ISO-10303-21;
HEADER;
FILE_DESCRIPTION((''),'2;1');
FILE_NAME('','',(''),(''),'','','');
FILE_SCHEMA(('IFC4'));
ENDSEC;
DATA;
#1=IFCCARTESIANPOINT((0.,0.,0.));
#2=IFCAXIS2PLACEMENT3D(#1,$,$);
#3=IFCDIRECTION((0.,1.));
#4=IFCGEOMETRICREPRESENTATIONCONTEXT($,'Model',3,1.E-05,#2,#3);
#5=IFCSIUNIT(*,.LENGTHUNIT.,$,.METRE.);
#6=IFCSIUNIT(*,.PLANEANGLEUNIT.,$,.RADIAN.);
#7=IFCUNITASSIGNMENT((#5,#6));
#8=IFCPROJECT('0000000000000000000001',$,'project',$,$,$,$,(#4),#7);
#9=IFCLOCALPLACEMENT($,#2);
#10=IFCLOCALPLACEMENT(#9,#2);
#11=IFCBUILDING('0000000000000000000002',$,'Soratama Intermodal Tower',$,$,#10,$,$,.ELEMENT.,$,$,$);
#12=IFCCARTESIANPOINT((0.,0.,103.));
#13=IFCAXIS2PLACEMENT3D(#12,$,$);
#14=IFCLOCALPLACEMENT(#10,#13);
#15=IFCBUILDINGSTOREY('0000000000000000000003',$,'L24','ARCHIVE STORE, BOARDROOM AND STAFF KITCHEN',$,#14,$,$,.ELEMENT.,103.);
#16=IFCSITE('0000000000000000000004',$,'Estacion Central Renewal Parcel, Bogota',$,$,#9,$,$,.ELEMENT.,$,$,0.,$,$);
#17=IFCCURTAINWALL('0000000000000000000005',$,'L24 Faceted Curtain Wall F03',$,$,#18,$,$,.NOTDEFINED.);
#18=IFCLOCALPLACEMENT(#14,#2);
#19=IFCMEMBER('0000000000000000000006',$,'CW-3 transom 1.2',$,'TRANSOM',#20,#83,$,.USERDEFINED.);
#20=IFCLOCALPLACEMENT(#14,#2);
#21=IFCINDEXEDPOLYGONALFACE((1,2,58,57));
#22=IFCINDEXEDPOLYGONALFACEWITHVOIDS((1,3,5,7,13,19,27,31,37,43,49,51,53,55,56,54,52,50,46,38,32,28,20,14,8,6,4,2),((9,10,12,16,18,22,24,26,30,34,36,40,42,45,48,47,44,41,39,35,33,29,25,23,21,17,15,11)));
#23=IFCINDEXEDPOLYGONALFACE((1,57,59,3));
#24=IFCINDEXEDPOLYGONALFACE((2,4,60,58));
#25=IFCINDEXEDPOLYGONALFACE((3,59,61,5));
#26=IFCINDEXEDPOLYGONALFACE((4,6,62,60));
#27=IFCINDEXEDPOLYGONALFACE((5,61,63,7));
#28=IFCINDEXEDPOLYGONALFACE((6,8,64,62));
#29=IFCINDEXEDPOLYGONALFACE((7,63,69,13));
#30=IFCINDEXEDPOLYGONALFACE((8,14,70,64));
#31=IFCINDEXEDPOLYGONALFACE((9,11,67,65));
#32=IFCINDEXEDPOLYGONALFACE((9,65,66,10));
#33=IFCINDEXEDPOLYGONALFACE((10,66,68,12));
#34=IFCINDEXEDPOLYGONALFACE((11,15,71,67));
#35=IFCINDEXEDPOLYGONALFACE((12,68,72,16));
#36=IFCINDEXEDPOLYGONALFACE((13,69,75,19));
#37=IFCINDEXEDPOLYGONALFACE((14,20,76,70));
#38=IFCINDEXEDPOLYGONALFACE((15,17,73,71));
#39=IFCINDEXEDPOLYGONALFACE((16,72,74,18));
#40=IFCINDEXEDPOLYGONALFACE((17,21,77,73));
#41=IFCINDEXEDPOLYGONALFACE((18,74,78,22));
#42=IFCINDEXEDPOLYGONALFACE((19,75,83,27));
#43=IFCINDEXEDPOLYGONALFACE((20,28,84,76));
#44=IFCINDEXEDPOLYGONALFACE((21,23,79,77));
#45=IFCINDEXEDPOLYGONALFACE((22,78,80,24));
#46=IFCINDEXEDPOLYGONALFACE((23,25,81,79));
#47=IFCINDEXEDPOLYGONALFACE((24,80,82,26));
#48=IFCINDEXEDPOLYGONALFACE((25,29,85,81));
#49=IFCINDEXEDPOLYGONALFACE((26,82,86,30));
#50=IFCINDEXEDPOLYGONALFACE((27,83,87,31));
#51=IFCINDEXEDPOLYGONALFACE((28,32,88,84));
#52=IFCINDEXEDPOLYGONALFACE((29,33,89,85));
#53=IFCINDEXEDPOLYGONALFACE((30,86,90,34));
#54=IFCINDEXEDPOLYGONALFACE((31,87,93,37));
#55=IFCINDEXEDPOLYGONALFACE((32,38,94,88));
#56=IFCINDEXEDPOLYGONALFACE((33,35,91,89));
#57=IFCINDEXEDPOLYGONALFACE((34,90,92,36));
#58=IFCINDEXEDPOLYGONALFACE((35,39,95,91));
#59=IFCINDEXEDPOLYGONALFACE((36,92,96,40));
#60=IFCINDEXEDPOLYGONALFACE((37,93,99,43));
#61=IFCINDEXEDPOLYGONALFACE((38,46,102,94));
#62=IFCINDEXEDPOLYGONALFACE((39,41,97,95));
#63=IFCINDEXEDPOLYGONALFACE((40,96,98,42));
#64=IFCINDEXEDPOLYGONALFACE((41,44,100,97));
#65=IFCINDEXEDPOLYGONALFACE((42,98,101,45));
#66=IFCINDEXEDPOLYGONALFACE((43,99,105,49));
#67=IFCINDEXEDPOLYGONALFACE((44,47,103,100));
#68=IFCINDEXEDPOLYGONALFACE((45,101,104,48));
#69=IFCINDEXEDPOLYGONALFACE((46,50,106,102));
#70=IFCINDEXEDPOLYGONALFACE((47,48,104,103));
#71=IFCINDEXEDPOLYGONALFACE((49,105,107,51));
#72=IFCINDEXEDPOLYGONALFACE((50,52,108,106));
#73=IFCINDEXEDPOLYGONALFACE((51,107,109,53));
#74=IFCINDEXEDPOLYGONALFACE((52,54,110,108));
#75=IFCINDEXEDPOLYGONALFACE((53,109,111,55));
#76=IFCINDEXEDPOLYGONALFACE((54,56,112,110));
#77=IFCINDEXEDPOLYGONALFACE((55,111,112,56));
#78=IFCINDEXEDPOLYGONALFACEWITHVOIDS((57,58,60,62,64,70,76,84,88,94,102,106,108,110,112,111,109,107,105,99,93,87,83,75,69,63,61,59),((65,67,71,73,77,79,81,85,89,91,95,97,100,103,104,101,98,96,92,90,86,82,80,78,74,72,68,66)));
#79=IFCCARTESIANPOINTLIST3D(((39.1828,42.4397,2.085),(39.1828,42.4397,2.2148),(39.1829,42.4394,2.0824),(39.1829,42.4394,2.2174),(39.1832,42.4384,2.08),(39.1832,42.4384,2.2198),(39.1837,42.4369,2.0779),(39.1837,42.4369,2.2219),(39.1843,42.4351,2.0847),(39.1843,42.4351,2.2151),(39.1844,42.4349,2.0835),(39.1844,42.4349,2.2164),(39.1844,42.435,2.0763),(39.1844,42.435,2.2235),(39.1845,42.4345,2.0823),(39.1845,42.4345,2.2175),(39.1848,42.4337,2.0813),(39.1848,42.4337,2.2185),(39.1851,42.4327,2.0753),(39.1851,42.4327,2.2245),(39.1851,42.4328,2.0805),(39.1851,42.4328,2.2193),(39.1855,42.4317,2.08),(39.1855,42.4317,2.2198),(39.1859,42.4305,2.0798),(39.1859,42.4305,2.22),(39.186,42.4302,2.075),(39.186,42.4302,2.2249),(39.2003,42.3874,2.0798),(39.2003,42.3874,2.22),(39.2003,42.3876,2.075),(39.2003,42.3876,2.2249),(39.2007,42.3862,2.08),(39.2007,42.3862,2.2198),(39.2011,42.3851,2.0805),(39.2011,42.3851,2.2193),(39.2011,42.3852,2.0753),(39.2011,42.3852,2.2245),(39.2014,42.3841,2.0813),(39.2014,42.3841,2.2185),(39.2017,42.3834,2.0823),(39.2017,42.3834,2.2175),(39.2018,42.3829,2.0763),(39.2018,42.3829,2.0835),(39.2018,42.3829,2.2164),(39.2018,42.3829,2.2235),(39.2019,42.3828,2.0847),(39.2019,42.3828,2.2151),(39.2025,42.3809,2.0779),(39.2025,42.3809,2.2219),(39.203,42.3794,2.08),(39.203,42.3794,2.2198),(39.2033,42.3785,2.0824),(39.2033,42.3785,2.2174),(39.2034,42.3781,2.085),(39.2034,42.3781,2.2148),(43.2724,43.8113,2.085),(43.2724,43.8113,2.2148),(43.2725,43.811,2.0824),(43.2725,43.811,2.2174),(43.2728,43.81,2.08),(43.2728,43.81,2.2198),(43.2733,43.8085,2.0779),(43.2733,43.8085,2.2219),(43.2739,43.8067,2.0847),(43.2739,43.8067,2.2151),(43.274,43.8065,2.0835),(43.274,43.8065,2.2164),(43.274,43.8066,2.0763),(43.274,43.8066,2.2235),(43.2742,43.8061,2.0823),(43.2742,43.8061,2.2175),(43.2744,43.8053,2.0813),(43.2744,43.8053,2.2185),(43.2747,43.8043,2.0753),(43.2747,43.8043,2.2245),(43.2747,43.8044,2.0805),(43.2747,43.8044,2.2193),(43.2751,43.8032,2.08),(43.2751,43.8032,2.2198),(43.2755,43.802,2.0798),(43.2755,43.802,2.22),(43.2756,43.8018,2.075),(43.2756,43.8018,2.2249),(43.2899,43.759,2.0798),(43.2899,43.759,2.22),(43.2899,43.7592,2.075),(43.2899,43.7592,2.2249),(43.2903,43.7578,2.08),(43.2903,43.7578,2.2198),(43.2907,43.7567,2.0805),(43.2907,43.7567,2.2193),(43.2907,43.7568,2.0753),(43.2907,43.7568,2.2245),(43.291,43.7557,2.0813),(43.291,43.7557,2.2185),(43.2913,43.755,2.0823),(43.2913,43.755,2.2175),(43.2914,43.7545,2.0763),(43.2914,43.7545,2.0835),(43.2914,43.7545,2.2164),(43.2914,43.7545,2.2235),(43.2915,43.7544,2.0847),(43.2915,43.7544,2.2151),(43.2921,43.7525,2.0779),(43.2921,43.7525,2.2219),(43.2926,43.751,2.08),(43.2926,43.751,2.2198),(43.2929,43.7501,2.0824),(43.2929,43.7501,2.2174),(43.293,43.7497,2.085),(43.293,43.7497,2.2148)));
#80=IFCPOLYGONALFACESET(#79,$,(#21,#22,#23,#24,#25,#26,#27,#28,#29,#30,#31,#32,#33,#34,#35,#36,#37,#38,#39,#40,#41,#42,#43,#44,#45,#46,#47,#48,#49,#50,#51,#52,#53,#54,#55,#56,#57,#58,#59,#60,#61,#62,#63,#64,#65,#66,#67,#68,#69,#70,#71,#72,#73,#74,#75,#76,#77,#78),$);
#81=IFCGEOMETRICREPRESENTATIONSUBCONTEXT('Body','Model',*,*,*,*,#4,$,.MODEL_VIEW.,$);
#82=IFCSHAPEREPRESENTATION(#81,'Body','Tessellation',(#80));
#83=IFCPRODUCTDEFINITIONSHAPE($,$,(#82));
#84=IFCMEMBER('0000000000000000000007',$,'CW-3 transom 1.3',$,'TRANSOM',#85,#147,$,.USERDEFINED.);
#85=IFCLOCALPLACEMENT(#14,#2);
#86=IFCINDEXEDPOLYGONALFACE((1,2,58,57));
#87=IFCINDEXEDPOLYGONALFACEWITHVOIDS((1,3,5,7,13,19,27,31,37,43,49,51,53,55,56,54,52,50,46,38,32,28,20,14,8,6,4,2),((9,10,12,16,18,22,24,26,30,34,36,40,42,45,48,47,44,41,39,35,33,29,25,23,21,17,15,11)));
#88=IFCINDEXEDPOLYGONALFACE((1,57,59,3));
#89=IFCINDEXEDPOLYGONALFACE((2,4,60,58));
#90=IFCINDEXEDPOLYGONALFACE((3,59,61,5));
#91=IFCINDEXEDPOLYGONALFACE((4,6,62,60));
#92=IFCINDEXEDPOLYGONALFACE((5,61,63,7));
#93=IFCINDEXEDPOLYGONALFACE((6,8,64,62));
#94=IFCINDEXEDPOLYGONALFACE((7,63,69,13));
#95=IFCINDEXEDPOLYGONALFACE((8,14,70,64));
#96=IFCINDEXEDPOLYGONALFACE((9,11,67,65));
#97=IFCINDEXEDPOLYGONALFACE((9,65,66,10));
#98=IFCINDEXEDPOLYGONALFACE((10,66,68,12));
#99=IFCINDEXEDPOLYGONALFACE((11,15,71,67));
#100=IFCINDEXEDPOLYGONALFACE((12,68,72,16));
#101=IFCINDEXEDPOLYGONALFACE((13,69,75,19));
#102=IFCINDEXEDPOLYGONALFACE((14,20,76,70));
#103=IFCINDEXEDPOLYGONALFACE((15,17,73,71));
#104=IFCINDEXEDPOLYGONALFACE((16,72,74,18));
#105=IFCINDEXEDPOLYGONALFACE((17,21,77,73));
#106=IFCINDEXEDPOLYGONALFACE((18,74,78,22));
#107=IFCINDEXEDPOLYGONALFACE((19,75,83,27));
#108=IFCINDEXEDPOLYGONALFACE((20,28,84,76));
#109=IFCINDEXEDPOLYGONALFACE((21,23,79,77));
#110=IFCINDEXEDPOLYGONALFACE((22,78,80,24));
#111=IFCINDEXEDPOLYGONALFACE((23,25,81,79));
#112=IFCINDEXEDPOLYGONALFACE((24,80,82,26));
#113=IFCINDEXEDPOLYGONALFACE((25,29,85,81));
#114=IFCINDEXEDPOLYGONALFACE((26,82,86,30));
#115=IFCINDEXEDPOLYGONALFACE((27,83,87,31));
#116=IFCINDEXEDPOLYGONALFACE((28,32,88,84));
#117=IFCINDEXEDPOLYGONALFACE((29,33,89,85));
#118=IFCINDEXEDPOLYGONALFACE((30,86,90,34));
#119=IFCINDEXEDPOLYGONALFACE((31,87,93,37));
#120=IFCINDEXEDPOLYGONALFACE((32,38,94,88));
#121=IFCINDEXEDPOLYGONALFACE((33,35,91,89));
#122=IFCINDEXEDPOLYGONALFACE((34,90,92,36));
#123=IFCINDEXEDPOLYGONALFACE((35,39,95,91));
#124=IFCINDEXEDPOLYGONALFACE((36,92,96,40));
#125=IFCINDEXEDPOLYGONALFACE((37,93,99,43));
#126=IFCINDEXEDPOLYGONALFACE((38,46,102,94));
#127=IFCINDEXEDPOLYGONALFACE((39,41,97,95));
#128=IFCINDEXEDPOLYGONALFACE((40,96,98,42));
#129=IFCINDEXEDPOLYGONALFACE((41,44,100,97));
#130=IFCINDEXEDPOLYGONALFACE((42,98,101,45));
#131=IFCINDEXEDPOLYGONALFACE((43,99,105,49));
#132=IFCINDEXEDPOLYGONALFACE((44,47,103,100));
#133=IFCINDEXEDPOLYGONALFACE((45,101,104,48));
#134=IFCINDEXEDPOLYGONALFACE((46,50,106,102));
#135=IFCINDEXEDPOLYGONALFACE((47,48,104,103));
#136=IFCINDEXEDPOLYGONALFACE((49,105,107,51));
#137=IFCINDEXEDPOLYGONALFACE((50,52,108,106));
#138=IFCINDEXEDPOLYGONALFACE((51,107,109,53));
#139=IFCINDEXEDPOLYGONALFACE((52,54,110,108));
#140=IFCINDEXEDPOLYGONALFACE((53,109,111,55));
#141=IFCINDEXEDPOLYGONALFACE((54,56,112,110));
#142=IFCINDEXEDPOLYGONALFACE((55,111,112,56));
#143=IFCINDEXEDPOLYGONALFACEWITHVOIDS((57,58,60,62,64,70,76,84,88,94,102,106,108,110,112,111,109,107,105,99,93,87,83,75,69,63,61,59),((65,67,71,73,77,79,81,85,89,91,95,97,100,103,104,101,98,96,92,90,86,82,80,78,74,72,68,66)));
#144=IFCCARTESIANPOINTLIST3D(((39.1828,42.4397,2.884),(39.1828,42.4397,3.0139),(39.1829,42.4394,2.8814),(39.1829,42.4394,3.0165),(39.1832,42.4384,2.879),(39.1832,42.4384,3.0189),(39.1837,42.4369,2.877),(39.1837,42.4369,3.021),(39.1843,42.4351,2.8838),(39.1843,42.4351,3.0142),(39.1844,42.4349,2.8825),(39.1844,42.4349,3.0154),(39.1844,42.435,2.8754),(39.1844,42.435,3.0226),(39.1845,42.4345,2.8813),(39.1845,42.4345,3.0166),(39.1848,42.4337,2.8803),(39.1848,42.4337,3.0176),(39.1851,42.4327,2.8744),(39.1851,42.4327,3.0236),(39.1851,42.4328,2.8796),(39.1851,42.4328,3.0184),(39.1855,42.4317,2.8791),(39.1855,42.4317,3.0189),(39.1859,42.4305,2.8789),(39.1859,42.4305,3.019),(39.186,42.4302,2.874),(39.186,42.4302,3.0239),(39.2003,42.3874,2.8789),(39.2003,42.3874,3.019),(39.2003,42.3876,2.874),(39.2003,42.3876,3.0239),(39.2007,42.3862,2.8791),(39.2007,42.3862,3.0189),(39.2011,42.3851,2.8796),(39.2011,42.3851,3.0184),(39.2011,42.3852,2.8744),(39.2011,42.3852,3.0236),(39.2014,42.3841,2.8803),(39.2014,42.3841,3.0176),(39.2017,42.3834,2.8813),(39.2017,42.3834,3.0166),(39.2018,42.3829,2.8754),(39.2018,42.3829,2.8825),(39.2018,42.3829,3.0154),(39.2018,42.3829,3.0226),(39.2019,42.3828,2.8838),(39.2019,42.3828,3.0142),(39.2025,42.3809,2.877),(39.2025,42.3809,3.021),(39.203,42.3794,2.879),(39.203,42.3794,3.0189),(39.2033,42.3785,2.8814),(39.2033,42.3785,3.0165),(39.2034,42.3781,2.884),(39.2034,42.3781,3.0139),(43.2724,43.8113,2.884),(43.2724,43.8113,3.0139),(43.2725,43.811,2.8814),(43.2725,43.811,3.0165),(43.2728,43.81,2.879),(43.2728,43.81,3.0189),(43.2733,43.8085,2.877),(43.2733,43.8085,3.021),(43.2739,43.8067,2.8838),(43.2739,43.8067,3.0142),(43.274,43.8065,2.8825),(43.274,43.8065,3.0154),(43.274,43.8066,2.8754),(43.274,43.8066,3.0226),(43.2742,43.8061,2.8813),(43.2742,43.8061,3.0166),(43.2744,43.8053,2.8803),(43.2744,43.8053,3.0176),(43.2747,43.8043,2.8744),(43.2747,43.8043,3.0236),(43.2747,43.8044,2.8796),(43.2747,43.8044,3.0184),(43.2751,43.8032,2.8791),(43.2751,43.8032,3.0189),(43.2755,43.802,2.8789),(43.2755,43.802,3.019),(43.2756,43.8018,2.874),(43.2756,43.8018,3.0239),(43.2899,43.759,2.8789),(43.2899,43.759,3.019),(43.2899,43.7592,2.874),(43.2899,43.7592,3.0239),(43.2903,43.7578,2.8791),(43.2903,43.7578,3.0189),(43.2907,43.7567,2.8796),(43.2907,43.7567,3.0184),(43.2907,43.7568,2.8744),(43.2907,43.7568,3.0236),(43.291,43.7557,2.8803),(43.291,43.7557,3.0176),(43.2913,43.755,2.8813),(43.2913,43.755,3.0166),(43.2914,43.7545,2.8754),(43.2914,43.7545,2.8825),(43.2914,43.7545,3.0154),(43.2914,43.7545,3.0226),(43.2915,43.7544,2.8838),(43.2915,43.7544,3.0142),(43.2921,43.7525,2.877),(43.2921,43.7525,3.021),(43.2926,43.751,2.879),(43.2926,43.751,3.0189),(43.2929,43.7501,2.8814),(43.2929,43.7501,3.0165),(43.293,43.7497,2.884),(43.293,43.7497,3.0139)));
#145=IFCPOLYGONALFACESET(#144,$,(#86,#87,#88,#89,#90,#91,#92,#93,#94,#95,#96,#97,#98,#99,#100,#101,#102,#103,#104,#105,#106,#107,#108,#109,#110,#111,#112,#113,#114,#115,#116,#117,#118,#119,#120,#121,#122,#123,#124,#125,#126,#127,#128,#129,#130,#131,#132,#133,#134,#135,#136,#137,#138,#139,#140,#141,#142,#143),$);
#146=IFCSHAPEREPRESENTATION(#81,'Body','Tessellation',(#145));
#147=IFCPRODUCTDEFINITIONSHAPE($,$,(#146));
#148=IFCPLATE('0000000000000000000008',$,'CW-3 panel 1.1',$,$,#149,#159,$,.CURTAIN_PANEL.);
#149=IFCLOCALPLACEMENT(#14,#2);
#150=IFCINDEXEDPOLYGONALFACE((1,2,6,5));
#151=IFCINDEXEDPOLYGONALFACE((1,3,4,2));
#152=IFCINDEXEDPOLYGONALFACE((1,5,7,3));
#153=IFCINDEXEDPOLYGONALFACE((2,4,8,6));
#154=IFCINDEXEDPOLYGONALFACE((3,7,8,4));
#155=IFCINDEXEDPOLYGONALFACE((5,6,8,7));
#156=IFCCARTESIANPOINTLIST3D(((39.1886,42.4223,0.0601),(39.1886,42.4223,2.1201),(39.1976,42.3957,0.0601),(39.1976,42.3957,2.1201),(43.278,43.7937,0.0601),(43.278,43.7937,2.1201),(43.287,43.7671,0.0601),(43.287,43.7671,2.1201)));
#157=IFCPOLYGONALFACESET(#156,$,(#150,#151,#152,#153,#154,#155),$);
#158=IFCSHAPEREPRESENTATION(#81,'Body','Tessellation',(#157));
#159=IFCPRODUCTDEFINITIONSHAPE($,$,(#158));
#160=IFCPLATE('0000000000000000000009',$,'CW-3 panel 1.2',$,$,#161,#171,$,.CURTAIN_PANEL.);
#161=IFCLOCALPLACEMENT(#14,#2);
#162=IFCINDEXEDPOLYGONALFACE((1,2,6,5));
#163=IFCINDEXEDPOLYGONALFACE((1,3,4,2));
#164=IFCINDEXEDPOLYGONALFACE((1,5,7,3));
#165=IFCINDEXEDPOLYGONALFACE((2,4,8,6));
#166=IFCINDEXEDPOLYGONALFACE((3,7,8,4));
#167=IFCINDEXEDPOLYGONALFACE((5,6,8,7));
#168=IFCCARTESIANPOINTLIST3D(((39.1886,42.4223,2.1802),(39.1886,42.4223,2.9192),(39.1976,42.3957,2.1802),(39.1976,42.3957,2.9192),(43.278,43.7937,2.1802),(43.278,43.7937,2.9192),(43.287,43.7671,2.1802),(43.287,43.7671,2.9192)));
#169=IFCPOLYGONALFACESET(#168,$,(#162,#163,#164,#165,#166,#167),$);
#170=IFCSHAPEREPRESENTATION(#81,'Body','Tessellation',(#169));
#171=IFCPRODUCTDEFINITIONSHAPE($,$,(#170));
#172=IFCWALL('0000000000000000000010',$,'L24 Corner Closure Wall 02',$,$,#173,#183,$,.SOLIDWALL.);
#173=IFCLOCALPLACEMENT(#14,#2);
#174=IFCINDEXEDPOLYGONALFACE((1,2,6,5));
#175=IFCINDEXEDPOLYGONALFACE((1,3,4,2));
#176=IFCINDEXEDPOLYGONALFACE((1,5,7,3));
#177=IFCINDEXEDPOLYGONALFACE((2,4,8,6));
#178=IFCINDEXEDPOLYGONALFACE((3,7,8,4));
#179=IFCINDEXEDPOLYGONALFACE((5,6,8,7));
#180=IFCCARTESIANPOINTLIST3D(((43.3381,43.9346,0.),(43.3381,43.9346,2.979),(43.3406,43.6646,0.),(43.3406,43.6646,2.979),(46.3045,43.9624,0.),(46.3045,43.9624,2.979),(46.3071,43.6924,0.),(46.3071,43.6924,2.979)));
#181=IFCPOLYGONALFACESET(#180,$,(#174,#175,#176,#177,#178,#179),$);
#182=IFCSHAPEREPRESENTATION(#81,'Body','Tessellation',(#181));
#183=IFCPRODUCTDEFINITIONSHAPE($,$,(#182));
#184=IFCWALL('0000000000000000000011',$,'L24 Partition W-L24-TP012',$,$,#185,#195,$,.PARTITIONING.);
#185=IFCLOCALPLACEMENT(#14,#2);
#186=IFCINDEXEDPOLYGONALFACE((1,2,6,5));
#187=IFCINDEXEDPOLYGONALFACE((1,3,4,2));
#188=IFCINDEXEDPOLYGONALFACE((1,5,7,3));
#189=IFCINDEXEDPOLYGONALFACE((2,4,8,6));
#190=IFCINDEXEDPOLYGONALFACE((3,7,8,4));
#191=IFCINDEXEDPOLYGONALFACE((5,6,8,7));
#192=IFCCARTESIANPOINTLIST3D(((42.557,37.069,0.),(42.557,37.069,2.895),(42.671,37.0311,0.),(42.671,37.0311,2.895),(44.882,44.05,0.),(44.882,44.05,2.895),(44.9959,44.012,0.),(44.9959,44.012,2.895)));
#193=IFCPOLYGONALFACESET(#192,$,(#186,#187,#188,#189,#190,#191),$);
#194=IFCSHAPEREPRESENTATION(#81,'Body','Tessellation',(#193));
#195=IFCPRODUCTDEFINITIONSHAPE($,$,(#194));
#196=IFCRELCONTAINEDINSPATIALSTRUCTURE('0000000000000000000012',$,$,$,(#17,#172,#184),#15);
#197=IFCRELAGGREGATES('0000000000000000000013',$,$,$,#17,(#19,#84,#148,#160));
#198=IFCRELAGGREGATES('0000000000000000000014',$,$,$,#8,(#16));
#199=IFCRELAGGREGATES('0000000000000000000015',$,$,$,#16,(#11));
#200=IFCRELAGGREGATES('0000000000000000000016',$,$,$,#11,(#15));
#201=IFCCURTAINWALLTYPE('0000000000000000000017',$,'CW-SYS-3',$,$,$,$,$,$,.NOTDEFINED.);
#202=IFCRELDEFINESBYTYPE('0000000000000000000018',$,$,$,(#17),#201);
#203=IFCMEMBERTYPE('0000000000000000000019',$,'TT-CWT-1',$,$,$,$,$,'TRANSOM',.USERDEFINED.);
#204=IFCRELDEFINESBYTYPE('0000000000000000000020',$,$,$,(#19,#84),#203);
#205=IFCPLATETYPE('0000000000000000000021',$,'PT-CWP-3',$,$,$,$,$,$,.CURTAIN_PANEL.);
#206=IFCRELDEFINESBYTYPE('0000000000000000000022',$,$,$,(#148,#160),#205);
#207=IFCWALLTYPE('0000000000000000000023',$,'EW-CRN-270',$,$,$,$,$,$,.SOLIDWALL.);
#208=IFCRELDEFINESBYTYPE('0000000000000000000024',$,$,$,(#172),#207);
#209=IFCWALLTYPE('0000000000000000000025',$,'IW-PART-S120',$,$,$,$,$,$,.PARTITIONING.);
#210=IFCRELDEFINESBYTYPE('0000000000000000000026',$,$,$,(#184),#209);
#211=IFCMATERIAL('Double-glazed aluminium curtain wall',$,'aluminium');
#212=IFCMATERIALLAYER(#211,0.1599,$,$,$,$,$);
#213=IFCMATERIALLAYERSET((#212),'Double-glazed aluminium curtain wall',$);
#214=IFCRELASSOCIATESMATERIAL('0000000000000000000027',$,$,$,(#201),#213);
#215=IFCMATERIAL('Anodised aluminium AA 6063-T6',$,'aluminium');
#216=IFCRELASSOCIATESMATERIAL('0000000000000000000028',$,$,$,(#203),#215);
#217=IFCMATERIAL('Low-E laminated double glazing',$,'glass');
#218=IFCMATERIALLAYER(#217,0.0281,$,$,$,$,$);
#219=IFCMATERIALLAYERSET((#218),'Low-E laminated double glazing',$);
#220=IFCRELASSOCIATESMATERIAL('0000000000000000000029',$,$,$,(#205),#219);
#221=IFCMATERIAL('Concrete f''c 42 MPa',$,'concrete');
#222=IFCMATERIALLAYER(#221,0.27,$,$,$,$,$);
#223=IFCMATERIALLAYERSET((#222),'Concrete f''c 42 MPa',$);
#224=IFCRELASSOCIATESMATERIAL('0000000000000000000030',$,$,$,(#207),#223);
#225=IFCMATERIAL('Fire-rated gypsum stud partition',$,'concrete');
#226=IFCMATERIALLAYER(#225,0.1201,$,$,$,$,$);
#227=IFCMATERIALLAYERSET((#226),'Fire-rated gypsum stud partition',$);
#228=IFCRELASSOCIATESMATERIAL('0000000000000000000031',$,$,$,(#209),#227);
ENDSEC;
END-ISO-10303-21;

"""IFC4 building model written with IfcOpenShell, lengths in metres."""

from ifc_helpers import new_model, si_unit, direction, frame, frame_2d, origin, origin_2d, place, context, subcontext, project, spatial, rectangle, hollow_rectangle, extrude, material, layer, layer_set, material_profile, profile_set, type_object, element, aggregate, save


model = new_model("IFC4")

# Units and contexts
model_context = context("Model", 3, precision=1e-05, world=origin(), true_north=direction((0.0, 1.0)))
body_context = subcontext(model_context, "Body", "Model", "MODEL_VIEW")
ifc_project = project(units=[si_unit("LENGTHUNIT", "METRE"), si_unit("PLANEANGLEUNIT", "RADIAN")], contexts=[model_context])

# Site, building, storey
site_placement = place(None, origin())
site = spatial("IfcSite", under=ifc_project, at=site_placement, Name="Estacion Central Renewal Parcel, Bogota", CompositionType="ELEMENT", RefElevation=0.0)
building_placement = place(site_placement, origin())
building = spatial("IfcBuilding", under=site, at=building_placement, Name="Soratama Intermodal Tower", CompositionType="ELEMENT")
storey_placement = place(building_placement, frame((0.0, 0.0, 103.0)))
storey = spatial("IfcBuildingStorey", under=building, at=storey_placement, Name="L24", Description="ARCHIVE STORE, BOARDROOM AND STAFF KITCHEN", CompositionType="ELEMENT", Elevation=103.0)

# Curtain wall, members, plates
ifc_material_1 = material(Name="Double-glazed aluminium curtain wall", Category="aluminium")
ifc_layer_1 = layer(ifc_material_1, 0.1599)
ifc_layer_set_1 = layer_set([ifc_layer_1], Name="Double-glazed aluminium curtain wall")
curtain_wall_type = type_object("IfcCurtainWallType", Name="CW-SYS-3", PredefinedType="NOTDEFINED", material=ifc_layer_set_1)
curtain_wall_placement = place(storey_placement, origin())
curtain_wall = element("IfcCurtainWall", 1, at=curtain_wall_placement, inside=storey, type_object=curtain_wall_type, Name="L24 Faceted Curtain Wall F03", PredefinedType="NOTDEFINED")
ifc_material_2 = material(Name="Anodised aluminium AA 6063-T6", Category="aluminium")
ifc_material_profile_1 = material_profile(ifc_material_2, hollow_rectangle(XDim=0.0649, YDim=0.1499, WallThickness=0.0049, InnerFilletRadius=0.0049, OuterFilletRadius=0.01, at=origin_2d()), Name="CWT150X65X5")
ifc_profile_set_1 = profile_set([ifc_material_profile_1], Name="Anodised aluminium AA 6063-T6")
member_type_1 = type_object("IfcMemberType", Name="TT-CWT-1", ElementType="TRANSOM", PredefinedType="USERDEFINED", material=ifc_profile_set_1)
member_1_placement = place(storey_placement, frame((43.2827, 43.7805, 2.1499), z_axis=(-0.948099, -0.317976, 0.0), x_axis=(0.317976, -0.948099, 0.0)))
member_1 = element("IfcMember", 2, at=member_1_placement, type_object=member_type_1, Name="CW-3 transom 1.2", ObjectType="TRANSOM", PredefinedType="USERDEFINED", context=body_context, shape_type="SweptSolid", body=[
    extrude(hollow_rectangle(XDim=0.0649, YDim=0.1499, WallThickness=0.0049, InnerFilletRadius=0.0049, OuterFilletRadius=0.01, at=origin_2d()), origin(), (0.0, 0.0, 1.0), 4.3135),
])
member_2_placement = place(storey_placement, frame((43.2827, 43.7805, 2.949), z_axis=(-0.948099, -0.317976, 0.0), x_axis=(0.317976, -0.948099, 0.0)))
member_2 = element("IfcMember", 3, at=member_2_placement, type_object=member_type_1, Name="CW-3 transom 1.3", ObjectType="TRANSOM", PredefinedType="USERDEFINED", context=body_context, shape_type="SweptSolid", body=[
    extrude(hollow_rectangle(XDim=0.0649, YDim=0.1499, WallThickness=0.0049, InnerFilletRadius=0.0049, OuterFilletRadius=0.01, at=origin_2d()), origin(), (0.0, 0.0, 1.0), 4.3135),
])
ifc_material_3 = material(Name="Low-E laminated double glazing", Category="glass")
ifc_layer_2 = layer(ifc_material_3, 0.0281)
ifc_layer_set_2 = layer_set([ifc_layer_2], Name="Low-E laminated double glazing")
plate_type = type_object("IfcPlateType", Name="PT-CWP-3", PredefinedType="CURTAIN_PANEL", material=ifc_layer_set_2)
plate_1_placement = place(storey_placement, frame((41.2378, 43.0947, 0.0601), z_axis=(0.0, 0.0, 1.0), x_axis=(-0.948105, -0.317958, 0.0)))
plate_1 = element("IfcPlate", 4, at=plate_1_placement, type_object=plate_type, Name="CW-3 panel 1.1", PredefinedType="CURTAIN_PANEL", context=body_context, shape_type="SweptSolid", body=[
    extrude(rectangle(XDim=4.3132, YDim=0.0281, at=origin_2d()), origin(), (0.0, 0.0, 1.0), 2.0601),
])
plate_2_placement = place(storey_placement, frame((41.2378, 43.0947, 2.1802), z_axis=(0.0, 0.0, 1.0), x_axis=(-0.948105, -0.317958, 0.0)))
plate_2 = element("IfcPlate", 5, at=plate_2_placement, type_object=plate_type, Name="CW-3 panel 1.2", PredefinedType="CURTAIN_PANEL", context=body_context, shape_type="SweptSolid", body=[
    extrude(rectangle(XDim=4.3132, YDim=0.0281, at=origin_2d()), origin(), (0.0, 0.0, 1.0), 0.739),
])
aggregate(curtain_wall, [member_1, member_2, plate_1, plate_2])

# Wall
ifc_material_4 = material(Name="Concrete f'c 42 MPa", Category="concrete")
ifc_layer_3 = layer(ifc_material_4, 0.27)
ifc_layer_set_3 = layer_set([ifc_layer_3], Name="Concrete f'c 42 MPa")
wall_type_1 = type_object("IfcWallType", Name="EW-CRN-270", PredefinedType="SOLIDWALL", material=ifc_layer_set_3)
wall_1_placement = place(storey_placement, frame((46.3059, 43.8274, 0.0), z_axis=(0.0, 0.0, 1.0), x_axis=(-0.999956, -0.009382, 0.0)))
element("IfcWall", 6, at=wall_1_placement, inside=storey, type_object=wall_type_1, Name="L24 Corner Closure Wall 02", PredefinedType="SOLIDWALL", context=body_context, shape_type="SweptSolid", body=[
    extrude(rectangle(XDim=2.9666, YDim=0.27, at=frame_2d((1.4834, 0.0))), origin(), (0.0, 0.0, 1.0), 2.979),
])

# Wall
ifc_material_5 = material(Name="Fire-rated gypsum stud partition", Category="concrete")
ifc_layer_4 = layer(ifc_material_5, 0.1201)
ifc_layer_set_4 = layer_set([ifc_layer_4], Name="Fire-rated gypsum stud partition")
wall_type_2 = type_object("IfcWallType", Name="IW-PART-S120", PredefinedType="PARTITIONING", material=ifc_layer_set_4)
wall_2_placement = place(storey_placement, frame((42.614, 37.05, 0.0), z_axis=(0.0, 0.0, 1.0), x_axis=(0.315979, 0.948766, 0.0)))
element("IfcWall", 7, at=wall_2_placement, inside=storey, type_object=wall_type_2, Name="L24 Partition W-L24-TP012", PredefinedType="PARTITIONING", context=body_context, shape_type="SweptSolid", body=[
    extrude(rectangle(XDim=7.3579, YDim=0.1201, at=frame_2d((3.679, 0.0))), origin(), (0.0, 0.0, 1.0), 2.895),
])

save(model, "model.ifc")
